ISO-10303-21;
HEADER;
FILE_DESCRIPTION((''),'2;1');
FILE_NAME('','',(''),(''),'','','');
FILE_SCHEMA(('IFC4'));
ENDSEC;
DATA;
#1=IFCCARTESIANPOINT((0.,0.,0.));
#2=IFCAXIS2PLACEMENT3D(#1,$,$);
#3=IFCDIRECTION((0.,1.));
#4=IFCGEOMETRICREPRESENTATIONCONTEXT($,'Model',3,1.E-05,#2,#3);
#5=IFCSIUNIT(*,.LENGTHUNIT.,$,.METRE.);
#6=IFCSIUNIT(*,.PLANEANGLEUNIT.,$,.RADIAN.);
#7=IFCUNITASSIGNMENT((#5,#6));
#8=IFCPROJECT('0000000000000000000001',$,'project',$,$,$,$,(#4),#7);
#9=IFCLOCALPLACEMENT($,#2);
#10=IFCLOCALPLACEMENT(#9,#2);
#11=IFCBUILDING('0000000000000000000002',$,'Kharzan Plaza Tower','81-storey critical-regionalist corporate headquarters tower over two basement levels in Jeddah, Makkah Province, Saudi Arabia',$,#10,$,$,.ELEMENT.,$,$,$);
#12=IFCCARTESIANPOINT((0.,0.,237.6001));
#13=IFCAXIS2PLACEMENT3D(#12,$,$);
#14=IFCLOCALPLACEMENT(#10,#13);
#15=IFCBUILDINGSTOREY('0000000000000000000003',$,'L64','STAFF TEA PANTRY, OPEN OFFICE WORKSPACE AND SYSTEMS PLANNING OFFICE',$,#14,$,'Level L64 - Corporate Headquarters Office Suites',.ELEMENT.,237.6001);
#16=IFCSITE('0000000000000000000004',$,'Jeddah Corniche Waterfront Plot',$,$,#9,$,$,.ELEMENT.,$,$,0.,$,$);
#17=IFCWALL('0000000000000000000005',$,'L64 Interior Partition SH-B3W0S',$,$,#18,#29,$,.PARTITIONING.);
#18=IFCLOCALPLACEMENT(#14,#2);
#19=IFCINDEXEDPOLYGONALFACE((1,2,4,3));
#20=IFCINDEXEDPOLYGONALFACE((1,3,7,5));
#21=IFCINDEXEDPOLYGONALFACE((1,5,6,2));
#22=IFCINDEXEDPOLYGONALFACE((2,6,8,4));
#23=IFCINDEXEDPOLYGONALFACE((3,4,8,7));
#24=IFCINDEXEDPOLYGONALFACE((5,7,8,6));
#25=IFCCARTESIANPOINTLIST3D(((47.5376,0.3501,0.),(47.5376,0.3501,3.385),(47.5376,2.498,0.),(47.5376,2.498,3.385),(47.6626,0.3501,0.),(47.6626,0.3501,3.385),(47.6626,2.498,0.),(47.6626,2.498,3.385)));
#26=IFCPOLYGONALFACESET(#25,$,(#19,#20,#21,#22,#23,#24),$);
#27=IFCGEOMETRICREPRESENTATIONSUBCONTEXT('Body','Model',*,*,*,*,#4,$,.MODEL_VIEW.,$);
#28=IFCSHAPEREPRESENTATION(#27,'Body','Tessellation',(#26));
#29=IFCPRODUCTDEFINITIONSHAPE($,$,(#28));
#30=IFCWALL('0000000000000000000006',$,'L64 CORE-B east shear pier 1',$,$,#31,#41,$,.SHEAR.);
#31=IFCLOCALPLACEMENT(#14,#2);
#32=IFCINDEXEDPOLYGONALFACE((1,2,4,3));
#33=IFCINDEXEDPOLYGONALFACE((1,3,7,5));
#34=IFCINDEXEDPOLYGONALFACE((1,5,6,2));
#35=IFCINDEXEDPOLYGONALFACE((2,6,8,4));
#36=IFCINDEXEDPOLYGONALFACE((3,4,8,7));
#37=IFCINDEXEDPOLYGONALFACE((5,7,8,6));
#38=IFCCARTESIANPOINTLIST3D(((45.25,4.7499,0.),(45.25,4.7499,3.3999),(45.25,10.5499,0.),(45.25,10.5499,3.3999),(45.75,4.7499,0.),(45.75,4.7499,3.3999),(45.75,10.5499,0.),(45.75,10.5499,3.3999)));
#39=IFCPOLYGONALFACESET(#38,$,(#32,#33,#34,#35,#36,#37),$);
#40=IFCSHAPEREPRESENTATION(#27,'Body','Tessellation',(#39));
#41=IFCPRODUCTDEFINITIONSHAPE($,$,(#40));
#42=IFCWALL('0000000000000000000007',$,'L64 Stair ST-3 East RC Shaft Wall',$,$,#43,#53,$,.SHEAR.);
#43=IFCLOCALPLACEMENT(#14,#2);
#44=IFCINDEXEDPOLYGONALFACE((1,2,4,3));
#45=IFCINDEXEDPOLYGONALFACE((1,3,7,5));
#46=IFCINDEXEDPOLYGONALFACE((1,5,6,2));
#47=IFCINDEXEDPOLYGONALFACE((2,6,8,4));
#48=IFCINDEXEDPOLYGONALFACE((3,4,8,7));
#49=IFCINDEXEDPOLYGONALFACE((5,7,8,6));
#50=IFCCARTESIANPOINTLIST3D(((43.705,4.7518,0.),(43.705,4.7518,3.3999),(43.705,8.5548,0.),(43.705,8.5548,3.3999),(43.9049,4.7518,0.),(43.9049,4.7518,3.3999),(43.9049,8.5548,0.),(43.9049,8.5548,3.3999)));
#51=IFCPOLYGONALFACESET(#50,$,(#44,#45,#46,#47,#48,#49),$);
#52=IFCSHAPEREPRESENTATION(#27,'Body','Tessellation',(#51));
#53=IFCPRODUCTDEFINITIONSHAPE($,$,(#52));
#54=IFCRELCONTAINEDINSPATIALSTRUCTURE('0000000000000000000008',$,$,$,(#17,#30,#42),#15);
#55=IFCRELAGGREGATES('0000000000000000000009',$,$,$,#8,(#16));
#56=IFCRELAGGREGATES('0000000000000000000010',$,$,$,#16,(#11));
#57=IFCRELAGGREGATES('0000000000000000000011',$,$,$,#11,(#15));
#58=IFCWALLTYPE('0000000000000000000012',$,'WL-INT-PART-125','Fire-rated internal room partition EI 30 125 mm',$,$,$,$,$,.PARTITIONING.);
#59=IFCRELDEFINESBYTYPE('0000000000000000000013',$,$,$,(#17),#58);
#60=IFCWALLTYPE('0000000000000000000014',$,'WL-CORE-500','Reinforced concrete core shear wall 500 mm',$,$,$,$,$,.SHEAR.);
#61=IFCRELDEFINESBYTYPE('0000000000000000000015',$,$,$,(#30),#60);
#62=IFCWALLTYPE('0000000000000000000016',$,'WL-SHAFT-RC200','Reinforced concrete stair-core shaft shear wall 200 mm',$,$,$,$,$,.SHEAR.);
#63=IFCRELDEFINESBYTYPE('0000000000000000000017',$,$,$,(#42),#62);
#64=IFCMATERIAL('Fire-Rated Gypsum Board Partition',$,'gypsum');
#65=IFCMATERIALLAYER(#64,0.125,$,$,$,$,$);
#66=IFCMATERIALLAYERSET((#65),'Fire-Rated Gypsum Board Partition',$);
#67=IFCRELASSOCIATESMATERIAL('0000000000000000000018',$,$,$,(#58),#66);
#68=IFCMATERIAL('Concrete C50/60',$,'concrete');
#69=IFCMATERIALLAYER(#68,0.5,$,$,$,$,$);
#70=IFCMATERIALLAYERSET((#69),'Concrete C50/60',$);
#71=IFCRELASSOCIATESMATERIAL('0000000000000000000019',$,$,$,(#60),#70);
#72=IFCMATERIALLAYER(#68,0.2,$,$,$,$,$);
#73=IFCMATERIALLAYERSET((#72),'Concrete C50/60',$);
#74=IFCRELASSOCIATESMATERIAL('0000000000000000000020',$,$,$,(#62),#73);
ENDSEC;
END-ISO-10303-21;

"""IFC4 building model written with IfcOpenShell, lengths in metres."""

from ifc_helpers import new_model, si_unit, direction, frame, frame_2d, origin, place, context, subcontext, project, spatial, rectangle, extrude, source, transform, mapped, material, layer, layer_set, type_object, element, save


model = new_model("IFC4")

# Units and contexts
model_context = context("Model", 3, precision=1e-05, world=origin(), true_north=direction((0.0, 1.0)))
body_context = subcontext(model_context, "Body", "Model", "MODEL_VIEW")
ifc_project = project(units=[si_unit("LENGTHUNIT", "METRE"), si_unit("PLANEANGLEUNIT", "RADIAN")], contexts=[model_context])

# Site, building, storey
site_placement = place(None, origin())
site = spatial("IfcSite", under=ifc_project, at=site_placement, Name="Jeddah Corniche Waterfront Plot", CompositionType="ELEMENT", RefElevation=0.0)
building_placement = place(site_placement, origin())
building = spatial("IfcBuilding", under=site, at=building_placement, Name="Kharzan Plaza Tower", Description="81-storey critical-regionalist corporate headquarters tower over two basement levels in Jeddah, Makkah Province, Saudi Arabia", CompositionType="ELEMENT")
storey_placement = place(building_placement, frame((0.0, 0.0, 237.6001)))
storey = spatial("IfcBuildingStorey", under=building, at=storey_placement, Name="L64", Description="STAFF TEA PANTRY, OPEN OFFICE WORKSPACE AND SYSTEMS PLANNING OFFICE", LongName="Level L64 - Corporate Headquarters Office Suites", CompositionType="ELEMENT", Elevation=237.6001)

# Shared definitions
ifc_material_1 = material(Name="Concrete C50/60", Category="concrete")

# Shared definitions
ifc_material_2 = material(Name="Fire-Rated Gypsum Board Partition", Category="gypsum")
ifc_layer_1 = layer(ifc_material_2, 0.125)
ifc_layer_set_1 = layer_set([ifc_layer_1], Name="Fire-Rated Gypsum Board Partition")
wall_type_1 = type_object("IfcWallType", Name="WL-INT-PART-125", Description="Fire-rated internal room partition EI 30 125 mm", PredefinedType="PARTITIONING", material=ifc_layer_set_1)

# Walls
shared_shape_1 = source(origin(), body_context, "Body", "SweptSolid", [
    extrude(rectangle(XDim=2.1479, YDim=0.125, at=frame_2d((1.074, 0.0))), origin(), (0.0, 0.0, 1.0), 3.385),
])
wall_1_placement = place(storey_placement, frame((47.6001, 0.3501, 0.0), z_axis=(0.0, 0.0, 1.0), x_axis=(0.0, 1.0, 0.0)))
element("IfcWall", 1, at=wall_1_placement, inside=storey, type_object=wall_type_1, Name="L64 Interior Partition SH-B3W0S", PredefinedType="PARTITIONING", context=body_context, shape_type="MappedRepresentation", body=[
    mapped(shared_shape_1, transform((0.0, 0.0, 0.0), x_axis=(1.0, 0.0, 0.0), y_axis=(0.0, 1.0, 0.0), z_axis=(0.0, 0.0, 1.0))),
])
ifc_layer_2 = layer(ifc_material_1, 0.5)
ifc_layer_set_2 = layer_set([ifc_layer_2], Name="Concrete C50/60")
wall_type_2 = type_object("IfcWallType", Name="WL-CORE-500", Description="Reinforced concrete core shear wall 500 mm", PredefinedType="SHEAR", material=ifc_layer_set_2)
shared_shape_2 = source(origin(), body_context, "Body", "SweptSolid", [
    extrude(rectangle(XDim=5.8, YDim=0.5, at=frame_2d((2.8999, 0.0))), origin(), (0.0, 0.0, 1.0), 3.3999),
])
wall_2_placement = place(storey_placement, frame((45.5, 4.75, 0.0), z_axis=(0.0, 0.0, 1.0), x_axis=(0.0, 1.0, 0.0)))
element("IfcWall", 2, at=wall_2_placement, inside=storey, type_object=wall_type_2, Name="L64 CORE-B east shear pier 1", PredefinedType="SHEAR", context=body_context, shape_type="MappedRepresentation", body=[
    mapped(shared_shape_2, transform((0.0, 0.0, 0.0), x_axis=(1.0, 0.0, 0.0), y_axis=(0.0, 1.0, 0.0), z_axis=(0.0, 0.0, 1.0))),
])
ifc_layer_3 = layer(ifc_material_1, 0.2)
ifc_layer_set_3 = layer_set([ifc_layer_3], Name="Concrete C50/60")
wall_type_3 = type_object("IfcWallType", Name="WL-SHAFT-RC200", Description="Reinforced concrete stair-core shaft shear wall 200 mm", PredefinedType="SHEAR", material=ifc_layer_set_3)
shared_shape_3 = source(origin(), body_context, "Body", "SweptSolid", [
    extrude(rectangle(XDim=3.803, YDim=0.2, at=frame_2d((1.9014, 0.0))), origin(), (0.0, 0.0, 1.0), 3.3999),
])
wall_3_placement = place(storey_placement, frame((43.8049, 4.752, 0.0), z_axis=(0.0, 0.0, 1.0), x_axis=(0.0, 1.0, 0.0)))
element("IfcWall", 3, at=wall_3_placement, inside=storey, type_object=wall_type_3, Name="L64 Stair ST-3 East RC Shaft Wall", PredefinedType="SHEAR", context=body_context, shape_type="MappedRepresentation", body=[
    mapped(shared_shape_3, transform((0.0, 0.0, 0.0), x_axis=(1.0, 0.0, 0.0), y_axis=(0.0, 1.0, 0.0), z_axis=(0.0, 0.0, 1.0))),
])

save(model, "model.ifc")
